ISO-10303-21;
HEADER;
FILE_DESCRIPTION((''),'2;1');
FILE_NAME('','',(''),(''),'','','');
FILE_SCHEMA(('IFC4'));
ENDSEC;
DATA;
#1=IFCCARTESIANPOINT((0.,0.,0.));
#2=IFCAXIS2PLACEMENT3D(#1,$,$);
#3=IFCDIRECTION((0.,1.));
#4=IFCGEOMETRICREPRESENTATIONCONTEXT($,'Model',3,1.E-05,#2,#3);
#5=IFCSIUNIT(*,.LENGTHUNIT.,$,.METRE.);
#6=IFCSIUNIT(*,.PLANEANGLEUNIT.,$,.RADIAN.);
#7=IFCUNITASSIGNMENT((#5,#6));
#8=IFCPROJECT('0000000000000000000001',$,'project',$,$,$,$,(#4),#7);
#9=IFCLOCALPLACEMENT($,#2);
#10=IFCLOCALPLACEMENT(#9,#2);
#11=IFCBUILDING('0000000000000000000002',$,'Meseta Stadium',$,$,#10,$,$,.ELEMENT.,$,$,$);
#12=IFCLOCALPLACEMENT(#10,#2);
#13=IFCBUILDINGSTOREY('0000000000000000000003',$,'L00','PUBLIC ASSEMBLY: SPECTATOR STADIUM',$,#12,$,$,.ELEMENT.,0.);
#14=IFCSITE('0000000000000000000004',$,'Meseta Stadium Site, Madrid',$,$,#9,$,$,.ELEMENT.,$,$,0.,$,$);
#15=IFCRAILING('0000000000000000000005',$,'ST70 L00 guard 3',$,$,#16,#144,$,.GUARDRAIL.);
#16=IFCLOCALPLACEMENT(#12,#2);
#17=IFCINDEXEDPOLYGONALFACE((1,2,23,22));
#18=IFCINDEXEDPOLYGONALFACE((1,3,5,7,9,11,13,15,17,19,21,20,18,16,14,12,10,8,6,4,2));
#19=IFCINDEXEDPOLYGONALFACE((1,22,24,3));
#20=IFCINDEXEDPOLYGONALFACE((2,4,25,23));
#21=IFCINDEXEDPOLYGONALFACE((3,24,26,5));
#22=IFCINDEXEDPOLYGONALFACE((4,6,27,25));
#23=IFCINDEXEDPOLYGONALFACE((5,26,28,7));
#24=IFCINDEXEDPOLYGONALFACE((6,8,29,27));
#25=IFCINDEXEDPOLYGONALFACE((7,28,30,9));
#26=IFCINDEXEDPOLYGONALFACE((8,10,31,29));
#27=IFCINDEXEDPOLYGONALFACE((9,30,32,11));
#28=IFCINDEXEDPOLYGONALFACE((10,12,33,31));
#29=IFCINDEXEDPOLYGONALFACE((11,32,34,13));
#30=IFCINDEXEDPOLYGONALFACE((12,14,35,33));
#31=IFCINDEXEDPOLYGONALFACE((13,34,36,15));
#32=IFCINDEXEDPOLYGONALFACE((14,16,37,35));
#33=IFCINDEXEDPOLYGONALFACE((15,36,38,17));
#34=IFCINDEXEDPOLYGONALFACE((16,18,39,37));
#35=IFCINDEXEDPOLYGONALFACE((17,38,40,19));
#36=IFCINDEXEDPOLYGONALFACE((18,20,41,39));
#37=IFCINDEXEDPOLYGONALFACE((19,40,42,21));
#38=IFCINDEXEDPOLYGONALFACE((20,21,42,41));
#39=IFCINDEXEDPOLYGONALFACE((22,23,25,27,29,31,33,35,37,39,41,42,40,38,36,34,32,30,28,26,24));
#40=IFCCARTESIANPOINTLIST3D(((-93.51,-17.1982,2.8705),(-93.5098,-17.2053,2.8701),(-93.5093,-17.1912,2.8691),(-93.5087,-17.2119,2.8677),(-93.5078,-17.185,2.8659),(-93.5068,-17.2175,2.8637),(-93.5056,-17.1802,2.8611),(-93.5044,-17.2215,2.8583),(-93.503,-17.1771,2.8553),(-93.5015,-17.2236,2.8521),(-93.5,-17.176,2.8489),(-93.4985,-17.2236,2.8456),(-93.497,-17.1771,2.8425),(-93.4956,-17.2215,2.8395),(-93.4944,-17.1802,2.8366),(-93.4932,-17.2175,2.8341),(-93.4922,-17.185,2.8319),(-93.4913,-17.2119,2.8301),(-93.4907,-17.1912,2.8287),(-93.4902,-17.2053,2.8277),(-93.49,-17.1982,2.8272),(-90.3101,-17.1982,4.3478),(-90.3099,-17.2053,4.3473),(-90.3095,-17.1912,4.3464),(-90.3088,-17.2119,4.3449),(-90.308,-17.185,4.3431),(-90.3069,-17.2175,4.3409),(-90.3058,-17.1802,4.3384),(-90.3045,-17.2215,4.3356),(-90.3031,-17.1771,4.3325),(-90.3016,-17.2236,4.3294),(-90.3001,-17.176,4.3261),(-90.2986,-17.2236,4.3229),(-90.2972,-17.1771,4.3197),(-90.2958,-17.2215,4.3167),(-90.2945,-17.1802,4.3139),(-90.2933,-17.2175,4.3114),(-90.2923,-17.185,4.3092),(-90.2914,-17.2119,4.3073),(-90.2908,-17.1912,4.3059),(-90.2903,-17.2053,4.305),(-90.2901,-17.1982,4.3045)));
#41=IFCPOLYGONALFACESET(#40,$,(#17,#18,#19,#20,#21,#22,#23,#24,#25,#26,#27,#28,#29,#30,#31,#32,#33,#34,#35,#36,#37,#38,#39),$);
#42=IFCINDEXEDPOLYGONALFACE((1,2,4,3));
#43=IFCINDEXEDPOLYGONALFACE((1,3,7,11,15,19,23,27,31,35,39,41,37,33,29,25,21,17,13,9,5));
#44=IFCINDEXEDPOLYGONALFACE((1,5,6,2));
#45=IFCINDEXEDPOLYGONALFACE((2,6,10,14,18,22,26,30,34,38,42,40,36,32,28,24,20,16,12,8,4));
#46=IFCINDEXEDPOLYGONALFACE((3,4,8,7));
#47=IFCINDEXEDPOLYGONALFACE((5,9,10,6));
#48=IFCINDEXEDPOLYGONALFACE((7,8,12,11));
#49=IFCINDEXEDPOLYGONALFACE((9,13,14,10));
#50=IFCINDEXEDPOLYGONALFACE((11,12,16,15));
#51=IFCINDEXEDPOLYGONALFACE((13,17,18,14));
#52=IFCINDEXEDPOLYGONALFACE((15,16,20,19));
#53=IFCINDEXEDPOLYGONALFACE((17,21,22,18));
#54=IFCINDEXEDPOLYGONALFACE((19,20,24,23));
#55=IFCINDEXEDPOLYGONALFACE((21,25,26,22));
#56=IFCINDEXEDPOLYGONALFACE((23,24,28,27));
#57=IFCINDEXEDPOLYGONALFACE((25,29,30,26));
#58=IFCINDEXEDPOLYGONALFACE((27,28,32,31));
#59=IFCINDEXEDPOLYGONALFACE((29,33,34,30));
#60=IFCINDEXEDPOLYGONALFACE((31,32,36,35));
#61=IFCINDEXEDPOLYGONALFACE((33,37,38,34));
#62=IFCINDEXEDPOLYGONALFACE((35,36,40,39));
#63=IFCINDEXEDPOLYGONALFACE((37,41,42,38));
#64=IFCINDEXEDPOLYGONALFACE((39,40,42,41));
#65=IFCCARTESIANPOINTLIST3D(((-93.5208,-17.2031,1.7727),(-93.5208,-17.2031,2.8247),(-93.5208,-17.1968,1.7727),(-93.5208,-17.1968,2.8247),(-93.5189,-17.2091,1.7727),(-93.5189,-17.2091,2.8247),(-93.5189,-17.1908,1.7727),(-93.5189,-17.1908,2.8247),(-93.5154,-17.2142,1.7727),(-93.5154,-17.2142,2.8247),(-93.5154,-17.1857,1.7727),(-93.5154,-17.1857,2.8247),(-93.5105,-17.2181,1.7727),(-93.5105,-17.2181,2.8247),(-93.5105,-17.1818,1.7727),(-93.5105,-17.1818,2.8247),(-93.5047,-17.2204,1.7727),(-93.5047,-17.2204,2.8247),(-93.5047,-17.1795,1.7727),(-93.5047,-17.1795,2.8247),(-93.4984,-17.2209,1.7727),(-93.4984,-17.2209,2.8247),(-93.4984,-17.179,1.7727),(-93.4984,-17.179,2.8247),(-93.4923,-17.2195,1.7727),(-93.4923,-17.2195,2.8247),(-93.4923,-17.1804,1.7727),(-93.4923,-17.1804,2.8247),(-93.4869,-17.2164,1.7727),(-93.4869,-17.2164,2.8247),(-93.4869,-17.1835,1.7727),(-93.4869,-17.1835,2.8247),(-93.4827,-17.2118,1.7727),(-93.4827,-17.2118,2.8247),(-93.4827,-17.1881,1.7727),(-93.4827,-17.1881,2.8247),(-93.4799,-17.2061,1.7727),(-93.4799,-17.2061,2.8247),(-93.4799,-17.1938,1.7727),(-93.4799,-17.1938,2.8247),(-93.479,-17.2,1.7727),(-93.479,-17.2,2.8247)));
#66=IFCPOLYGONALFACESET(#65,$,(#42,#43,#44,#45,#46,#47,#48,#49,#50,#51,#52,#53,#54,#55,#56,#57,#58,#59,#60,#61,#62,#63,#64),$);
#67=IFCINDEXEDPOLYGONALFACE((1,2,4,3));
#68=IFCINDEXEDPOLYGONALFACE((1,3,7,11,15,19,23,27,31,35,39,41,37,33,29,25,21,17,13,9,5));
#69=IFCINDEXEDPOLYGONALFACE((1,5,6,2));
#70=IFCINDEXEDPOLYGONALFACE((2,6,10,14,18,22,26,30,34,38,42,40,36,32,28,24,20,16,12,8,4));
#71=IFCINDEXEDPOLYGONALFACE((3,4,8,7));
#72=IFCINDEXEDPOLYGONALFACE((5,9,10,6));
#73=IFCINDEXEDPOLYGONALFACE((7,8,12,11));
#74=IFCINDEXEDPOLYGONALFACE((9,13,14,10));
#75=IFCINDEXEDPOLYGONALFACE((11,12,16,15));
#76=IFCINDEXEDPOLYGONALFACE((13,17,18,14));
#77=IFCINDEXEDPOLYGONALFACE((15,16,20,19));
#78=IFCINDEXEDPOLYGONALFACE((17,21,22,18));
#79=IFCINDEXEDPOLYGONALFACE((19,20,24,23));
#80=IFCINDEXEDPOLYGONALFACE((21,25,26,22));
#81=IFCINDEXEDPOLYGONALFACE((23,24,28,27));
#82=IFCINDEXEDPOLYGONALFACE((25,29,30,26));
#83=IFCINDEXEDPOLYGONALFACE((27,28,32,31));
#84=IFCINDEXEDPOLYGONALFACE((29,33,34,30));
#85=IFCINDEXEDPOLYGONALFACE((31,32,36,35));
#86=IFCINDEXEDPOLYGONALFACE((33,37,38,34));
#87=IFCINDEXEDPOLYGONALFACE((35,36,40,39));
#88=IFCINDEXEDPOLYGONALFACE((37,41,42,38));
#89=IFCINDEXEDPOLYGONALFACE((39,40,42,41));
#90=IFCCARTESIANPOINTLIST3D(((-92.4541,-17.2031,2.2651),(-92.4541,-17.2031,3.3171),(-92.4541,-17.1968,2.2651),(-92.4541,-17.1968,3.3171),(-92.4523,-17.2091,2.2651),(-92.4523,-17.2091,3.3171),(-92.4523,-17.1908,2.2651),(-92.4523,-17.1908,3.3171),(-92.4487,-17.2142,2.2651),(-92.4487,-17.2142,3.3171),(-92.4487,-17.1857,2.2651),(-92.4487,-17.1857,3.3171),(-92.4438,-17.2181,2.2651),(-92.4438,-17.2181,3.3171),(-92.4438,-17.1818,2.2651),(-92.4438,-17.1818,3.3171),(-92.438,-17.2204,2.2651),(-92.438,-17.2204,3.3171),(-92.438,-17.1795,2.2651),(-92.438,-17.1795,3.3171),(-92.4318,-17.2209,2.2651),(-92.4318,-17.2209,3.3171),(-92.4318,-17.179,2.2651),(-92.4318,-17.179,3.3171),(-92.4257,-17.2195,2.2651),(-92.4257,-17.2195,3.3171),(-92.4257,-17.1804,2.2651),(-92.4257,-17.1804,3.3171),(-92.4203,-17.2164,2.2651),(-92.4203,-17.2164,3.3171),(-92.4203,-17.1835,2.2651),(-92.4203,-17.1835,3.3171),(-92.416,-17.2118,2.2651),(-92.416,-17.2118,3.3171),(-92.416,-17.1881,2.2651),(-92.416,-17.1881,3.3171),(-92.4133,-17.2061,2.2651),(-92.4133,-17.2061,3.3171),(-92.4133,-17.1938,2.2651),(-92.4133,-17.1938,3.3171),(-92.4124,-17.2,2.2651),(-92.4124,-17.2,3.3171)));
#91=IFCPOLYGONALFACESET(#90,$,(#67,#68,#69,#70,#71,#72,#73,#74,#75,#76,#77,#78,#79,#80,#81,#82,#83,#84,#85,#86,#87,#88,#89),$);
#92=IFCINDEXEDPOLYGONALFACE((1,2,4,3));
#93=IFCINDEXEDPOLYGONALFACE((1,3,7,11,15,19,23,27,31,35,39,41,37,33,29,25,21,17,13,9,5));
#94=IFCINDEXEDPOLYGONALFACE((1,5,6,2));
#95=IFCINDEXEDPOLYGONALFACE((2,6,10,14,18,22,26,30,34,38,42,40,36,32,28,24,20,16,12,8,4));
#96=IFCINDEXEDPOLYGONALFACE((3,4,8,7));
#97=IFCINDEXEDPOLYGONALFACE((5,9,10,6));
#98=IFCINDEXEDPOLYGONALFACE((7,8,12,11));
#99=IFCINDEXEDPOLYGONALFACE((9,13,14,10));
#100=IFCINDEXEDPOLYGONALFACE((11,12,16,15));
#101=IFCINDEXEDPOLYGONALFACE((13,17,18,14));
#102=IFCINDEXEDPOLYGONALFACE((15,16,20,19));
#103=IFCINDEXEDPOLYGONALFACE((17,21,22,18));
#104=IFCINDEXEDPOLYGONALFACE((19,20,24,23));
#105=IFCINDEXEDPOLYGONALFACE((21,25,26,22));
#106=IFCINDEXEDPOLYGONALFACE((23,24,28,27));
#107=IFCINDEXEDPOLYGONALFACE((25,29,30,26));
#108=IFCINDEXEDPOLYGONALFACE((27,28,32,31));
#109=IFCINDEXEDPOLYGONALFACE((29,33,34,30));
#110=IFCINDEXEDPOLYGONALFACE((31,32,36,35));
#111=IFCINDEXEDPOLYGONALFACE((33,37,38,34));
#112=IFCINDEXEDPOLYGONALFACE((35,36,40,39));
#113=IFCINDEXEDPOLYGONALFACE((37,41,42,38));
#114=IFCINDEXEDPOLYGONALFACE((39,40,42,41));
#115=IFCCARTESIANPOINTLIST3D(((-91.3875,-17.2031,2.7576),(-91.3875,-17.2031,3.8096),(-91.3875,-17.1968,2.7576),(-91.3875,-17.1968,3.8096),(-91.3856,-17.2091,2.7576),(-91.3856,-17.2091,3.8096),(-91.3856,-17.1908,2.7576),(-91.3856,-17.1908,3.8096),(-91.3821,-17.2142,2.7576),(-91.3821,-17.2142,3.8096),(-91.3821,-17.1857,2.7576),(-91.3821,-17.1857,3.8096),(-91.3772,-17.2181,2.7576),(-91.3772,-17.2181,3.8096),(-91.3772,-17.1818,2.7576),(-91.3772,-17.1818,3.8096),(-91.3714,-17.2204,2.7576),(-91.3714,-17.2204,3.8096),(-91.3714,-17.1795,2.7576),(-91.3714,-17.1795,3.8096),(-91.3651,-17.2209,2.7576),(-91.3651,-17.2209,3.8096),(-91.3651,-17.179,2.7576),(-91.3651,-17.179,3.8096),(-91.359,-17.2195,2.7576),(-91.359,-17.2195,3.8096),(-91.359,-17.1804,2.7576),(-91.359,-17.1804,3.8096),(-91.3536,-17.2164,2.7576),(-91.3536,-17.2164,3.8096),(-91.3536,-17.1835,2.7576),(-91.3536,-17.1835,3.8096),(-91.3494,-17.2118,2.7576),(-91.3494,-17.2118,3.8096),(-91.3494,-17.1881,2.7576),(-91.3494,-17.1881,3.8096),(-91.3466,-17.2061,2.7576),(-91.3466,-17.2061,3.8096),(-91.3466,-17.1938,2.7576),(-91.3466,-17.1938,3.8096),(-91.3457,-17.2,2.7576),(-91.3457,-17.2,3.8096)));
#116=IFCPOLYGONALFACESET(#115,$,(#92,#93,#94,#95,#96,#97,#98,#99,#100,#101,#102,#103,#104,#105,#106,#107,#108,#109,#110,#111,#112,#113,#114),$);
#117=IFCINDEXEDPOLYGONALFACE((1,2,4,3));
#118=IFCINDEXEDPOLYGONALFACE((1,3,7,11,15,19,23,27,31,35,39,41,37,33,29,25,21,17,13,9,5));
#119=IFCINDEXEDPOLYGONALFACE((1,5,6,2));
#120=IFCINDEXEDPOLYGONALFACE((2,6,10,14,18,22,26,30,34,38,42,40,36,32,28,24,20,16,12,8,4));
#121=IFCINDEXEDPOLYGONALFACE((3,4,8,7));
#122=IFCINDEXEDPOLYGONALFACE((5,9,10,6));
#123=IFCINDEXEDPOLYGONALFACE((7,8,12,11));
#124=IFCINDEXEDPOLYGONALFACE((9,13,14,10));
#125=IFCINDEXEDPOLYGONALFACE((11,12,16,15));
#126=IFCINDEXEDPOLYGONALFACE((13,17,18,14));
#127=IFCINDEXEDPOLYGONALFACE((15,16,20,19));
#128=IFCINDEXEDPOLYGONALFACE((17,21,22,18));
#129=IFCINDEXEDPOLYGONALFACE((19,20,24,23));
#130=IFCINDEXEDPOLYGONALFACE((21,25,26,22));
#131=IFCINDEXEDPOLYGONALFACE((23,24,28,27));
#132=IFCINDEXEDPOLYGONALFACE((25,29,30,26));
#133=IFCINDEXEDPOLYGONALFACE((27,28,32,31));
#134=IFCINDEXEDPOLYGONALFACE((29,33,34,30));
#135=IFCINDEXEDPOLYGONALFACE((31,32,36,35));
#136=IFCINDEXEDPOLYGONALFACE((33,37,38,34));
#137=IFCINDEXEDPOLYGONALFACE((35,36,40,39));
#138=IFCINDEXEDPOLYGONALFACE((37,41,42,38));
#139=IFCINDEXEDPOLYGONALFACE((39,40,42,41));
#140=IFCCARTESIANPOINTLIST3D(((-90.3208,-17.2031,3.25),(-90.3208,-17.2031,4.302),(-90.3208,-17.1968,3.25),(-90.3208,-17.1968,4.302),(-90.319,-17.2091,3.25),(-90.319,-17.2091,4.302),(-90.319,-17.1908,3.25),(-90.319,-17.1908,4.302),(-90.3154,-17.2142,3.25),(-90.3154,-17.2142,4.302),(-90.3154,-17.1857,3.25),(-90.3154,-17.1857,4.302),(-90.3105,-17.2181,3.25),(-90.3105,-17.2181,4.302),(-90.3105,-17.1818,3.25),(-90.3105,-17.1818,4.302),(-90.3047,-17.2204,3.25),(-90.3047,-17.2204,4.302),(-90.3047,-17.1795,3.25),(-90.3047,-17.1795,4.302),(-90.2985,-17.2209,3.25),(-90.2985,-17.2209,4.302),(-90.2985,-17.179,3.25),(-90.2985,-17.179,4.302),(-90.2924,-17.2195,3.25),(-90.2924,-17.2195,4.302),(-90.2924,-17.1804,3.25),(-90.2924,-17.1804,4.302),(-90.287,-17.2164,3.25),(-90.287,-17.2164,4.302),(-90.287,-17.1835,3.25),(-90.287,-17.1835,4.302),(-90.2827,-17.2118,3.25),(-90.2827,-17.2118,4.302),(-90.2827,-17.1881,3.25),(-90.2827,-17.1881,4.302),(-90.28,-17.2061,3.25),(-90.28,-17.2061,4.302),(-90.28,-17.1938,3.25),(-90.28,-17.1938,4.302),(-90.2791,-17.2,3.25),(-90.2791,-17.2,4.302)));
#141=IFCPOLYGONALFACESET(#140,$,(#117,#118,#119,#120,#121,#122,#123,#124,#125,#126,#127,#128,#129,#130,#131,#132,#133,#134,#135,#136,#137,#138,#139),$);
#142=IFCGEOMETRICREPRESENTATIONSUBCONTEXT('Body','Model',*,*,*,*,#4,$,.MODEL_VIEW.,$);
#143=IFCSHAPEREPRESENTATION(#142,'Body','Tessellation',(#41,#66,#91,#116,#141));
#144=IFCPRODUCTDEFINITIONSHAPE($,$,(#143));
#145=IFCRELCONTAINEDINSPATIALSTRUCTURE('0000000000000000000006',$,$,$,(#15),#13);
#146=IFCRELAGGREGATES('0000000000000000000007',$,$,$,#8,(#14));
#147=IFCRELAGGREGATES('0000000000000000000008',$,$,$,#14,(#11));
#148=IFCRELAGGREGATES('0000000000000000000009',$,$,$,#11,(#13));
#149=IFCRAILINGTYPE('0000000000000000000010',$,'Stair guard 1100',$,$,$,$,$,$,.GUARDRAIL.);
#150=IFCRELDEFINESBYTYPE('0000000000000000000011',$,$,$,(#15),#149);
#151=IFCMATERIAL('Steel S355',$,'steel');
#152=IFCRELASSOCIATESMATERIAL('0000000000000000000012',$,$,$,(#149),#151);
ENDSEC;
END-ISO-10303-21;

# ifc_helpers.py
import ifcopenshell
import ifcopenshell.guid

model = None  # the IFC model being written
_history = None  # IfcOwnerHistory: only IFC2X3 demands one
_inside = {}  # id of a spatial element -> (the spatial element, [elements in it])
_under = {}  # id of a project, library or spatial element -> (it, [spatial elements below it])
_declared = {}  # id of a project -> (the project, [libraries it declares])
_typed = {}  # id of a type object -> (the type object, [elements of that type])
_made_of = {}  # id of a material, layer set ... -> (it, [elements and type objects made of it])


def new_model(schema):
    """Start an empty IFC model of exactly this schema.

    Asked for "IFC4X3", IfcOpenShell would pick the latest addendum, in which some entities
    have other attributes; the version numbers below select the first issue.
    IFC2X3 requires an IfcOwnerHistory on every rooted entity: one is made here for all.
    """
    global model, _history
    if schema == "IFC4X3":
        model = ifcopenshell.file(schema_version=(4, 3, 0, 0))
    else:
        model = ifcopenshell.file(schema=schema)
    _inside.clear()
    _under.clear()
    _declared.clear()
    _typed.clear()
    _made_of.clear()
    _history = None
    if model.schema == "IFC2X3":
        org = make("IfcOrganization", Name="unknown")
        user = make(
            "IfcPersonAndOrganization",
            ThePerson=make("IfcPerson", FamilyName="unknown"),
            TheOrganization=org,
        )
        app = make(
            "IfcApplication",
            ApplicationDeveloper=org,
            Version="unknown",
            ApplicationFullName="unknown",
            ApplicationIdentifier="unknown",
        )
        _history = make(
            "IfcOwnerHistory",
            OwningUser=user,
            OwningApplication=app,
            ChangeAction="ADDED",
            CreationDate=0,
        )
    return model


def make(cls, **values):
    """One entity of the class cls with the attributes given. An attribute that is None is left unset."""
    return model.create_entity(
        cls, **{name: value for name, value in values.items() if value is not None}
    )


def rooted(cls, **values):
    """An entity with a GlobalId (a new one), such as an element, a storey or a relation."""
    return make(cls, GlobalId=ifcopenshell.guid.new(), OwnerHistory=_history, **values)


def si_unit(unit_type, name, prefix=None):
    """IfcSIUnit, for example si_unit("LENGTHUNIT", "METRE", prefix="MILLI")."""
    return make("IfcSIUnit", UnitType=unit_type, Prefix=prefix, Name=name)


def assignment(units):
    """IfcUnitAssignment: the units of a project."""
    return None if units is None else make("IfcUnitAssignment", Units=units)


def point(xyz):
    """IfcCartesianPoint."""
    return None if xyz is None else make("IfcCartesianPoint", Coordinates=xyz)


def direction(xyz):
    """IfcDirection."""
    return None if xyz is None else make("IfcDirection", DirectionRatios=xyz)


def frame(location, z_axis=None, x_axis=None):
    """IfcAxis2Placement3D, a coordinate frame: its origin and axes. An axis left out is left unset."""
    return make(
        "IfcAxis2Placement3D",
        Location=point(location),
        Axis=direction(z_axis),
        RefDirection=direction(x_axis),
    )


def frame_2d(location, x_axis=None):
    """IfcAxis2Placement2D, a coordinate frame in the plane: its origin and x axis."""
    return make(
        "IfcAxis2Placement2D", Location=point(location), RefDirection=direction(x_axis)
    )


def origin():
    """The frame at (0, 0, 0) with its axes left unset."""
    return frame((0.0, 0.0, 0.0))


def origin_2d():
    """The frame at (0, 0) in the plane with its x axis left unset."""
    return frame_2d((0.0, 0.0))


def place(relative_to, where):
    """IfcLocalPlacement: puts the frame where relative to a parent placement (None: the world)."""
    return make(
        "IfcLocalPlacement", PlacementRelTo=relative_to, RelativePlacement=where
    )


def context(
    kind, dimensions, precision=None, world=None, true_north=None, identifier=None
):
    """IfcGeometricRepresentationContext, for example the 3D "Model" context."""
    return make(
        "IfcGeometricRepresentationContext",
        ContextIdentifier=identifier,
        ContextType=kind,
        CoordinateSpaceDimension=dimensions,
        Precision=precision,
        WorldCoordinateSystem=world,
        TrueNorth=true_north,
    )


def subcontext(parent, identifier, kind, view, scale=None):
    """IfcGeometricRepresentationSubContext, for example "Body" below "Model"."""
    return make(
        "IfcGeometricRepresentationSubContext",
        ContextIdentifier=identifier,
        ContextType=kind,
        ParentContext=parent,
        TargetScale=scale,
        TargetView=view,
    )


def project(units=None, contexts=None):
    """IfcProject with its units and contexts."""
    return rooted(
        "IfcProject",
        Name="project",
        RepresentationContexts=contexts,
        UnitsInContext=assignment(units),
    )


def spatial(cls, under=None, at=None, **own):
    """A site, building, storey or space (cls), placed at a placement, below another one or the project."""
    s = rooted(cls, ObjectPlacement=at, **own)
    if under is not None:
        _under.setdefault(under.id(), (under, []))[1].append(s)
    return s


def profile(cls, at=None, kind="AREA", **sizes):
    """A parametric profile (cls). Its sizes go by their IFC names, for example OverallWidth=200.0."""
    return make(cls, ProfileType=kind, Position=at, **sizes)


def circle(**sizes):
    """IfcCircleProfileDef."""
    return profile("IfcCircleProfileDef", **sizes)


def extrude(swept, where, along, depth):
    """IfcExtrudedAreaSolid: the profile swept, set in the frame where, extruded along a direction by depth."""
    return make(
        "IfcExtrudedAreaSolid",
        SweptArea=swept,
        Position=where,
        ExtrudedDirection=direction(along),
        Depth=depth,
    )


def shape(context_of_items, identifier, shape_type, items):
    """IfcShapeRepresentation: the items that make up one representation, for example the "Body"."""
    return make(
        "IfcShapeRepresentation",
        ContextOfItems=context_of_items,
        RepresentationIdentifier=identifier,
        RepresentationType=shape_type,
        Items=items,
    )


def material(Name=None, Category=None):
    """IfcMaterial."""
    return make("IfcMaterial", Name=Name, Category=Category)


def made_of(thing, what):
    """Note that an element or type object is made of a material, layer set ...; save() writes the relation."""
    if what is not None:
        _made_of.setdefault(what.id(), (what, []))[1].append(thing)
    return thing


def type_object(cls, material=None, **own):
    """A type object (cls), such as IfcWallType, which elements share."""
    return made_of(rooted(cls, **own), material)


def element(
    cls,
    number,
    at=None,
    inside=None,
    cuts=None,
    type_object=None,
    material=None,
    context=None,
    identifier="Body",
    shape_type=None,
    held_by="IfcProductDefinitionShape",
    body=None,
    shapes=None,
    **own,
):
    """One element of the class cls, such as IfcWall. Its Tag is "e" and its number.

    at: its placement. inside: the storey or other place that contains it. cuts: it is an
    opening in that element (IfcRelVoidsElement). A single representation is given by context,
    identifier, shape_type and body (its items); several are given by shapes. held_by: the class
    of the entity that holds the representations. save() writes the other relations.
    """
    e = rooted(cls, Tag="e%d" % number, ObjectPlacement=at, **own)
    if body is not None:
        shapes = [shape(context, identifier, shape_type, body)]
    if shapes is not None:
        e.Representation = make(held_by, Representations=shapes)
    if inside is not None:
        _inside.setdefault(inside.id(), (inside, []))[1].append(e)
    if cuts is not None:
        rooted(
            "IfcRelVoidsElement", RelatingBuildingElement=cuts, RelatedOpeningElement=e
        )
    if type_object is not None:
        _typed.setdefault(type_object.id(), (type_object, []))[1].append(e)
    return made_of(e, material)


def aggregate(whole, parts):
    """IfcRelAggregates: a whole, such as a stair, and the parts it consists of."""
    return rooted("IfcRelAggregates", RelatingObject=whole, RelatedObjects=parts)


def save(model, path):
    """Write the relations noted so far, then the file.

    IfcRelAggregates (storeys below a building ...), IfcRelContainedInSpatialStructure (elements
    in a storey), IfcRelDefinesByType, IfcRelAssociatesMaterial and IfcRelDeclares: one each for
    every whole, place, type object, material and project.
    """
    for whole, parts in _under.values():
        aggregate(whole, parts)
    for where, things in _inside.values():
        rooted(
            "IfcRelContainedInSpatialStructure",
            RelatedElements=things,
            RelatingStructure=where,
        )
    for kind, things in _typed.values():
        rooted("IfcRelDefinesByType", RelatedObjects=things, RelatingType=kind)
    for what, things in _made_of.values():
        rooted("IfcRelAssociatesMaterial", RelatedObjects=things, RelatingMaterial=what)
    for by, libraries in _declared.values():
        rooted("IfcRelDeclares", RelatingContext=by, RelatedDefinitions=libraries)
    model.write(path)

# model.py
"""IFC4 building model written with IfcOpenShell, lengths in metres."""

from ifc_helpers import new_model, si_unit, direction, frame, origin, origin_2d, place, context, subcontext, project, spatial, circle, extrude, material, type_object, element, save


model = new_model("IFC4")

# Units and contexts
model_context = context("Model", 3, precision=1e-05, world=origin(), true_north=direction((0.0, 1.0)))
body_context = subcontext(model_context, "Body", "Model", "MODEL_VIEW")
ifc_project = project(units=[si_unit("LENGTHUNIT", "METRE"), si_unit("PLANEANGLEUNIT", "RADIAN")], contexts=[model_context])

# Site, building, storey
site_placement = place(None, origin())
site = spatial("IfcSite", under=ifc_project, at=site_placement, Name="Meseta Stadium Site, Madrid", CompositionType="ELEMENT", RefElevation=0.0)
building_placement = place(site_placement, origin())
building = spatial("IfcBuilding", under=site, at=building_placement, Name="Meseta Stadium", CompositionType="ELEMENT")
storey_placement = place(building_placement, origin())
storey = spatial("IfcBuildingStorey", under=building, at=storey_placement, Name="L00", Description="PUBLIC ASSEMBLY: SPECTATOR STADIUM", CompositionType="ELEMENT", Elevation=0.0)

# Railing
ifc_material_1 = material(Name="Steel S355", Category="steel")
railing_type_1 = type_object("IfcRailingType", Name="Stair guard 1100", PredefinedType="GUARDRAIL", material=ifc_material_1)
railing_1_placement = place(storey_placement, frame((-93.5, -17.2, 1.7727)))
element("IfcRailing", 1, at=railing_1_placement, inside=storey, type_object=railing_type_1, Name="ST70 L00 guard 3", PredefinedType="GUARDRAIL", context=body_context, shape_type="SweptSolid", body=[
    extrude(circle(Radius=0.0239, at=origin_2d()), frame((0.0, 0.0, 1.0762), z_axis=(0.907917, 0.0, 0.41915), x_axis=(0.0, 1.0, 0.0)), (0.0, 0.0, 1.0), 3.5244),
    extrude(circle(Radius=0.021, at=origin_2d()), origin(), (0.0, 0.0, 1.0), 1.052),
    extrude(circle(Radius=0.021, at=origin_2d()), frame((1.0667, 0.0, 0.4924)), (0.0, 0.0, 1.0), 1.052),
    extrude(circle(Radius=0.021, at=origin_2d()), frame((2.1333, 0.0, 0.9849)), (0.0, 0.0, 1.0), 1.052),
    extrude(circle(Radius=0.021, at=origin_2d()), frame((3.2, 0.0, 1.4773)), (0.0, 0.0, 1.0), 1.052),
])

save(model, "model.ifc")
